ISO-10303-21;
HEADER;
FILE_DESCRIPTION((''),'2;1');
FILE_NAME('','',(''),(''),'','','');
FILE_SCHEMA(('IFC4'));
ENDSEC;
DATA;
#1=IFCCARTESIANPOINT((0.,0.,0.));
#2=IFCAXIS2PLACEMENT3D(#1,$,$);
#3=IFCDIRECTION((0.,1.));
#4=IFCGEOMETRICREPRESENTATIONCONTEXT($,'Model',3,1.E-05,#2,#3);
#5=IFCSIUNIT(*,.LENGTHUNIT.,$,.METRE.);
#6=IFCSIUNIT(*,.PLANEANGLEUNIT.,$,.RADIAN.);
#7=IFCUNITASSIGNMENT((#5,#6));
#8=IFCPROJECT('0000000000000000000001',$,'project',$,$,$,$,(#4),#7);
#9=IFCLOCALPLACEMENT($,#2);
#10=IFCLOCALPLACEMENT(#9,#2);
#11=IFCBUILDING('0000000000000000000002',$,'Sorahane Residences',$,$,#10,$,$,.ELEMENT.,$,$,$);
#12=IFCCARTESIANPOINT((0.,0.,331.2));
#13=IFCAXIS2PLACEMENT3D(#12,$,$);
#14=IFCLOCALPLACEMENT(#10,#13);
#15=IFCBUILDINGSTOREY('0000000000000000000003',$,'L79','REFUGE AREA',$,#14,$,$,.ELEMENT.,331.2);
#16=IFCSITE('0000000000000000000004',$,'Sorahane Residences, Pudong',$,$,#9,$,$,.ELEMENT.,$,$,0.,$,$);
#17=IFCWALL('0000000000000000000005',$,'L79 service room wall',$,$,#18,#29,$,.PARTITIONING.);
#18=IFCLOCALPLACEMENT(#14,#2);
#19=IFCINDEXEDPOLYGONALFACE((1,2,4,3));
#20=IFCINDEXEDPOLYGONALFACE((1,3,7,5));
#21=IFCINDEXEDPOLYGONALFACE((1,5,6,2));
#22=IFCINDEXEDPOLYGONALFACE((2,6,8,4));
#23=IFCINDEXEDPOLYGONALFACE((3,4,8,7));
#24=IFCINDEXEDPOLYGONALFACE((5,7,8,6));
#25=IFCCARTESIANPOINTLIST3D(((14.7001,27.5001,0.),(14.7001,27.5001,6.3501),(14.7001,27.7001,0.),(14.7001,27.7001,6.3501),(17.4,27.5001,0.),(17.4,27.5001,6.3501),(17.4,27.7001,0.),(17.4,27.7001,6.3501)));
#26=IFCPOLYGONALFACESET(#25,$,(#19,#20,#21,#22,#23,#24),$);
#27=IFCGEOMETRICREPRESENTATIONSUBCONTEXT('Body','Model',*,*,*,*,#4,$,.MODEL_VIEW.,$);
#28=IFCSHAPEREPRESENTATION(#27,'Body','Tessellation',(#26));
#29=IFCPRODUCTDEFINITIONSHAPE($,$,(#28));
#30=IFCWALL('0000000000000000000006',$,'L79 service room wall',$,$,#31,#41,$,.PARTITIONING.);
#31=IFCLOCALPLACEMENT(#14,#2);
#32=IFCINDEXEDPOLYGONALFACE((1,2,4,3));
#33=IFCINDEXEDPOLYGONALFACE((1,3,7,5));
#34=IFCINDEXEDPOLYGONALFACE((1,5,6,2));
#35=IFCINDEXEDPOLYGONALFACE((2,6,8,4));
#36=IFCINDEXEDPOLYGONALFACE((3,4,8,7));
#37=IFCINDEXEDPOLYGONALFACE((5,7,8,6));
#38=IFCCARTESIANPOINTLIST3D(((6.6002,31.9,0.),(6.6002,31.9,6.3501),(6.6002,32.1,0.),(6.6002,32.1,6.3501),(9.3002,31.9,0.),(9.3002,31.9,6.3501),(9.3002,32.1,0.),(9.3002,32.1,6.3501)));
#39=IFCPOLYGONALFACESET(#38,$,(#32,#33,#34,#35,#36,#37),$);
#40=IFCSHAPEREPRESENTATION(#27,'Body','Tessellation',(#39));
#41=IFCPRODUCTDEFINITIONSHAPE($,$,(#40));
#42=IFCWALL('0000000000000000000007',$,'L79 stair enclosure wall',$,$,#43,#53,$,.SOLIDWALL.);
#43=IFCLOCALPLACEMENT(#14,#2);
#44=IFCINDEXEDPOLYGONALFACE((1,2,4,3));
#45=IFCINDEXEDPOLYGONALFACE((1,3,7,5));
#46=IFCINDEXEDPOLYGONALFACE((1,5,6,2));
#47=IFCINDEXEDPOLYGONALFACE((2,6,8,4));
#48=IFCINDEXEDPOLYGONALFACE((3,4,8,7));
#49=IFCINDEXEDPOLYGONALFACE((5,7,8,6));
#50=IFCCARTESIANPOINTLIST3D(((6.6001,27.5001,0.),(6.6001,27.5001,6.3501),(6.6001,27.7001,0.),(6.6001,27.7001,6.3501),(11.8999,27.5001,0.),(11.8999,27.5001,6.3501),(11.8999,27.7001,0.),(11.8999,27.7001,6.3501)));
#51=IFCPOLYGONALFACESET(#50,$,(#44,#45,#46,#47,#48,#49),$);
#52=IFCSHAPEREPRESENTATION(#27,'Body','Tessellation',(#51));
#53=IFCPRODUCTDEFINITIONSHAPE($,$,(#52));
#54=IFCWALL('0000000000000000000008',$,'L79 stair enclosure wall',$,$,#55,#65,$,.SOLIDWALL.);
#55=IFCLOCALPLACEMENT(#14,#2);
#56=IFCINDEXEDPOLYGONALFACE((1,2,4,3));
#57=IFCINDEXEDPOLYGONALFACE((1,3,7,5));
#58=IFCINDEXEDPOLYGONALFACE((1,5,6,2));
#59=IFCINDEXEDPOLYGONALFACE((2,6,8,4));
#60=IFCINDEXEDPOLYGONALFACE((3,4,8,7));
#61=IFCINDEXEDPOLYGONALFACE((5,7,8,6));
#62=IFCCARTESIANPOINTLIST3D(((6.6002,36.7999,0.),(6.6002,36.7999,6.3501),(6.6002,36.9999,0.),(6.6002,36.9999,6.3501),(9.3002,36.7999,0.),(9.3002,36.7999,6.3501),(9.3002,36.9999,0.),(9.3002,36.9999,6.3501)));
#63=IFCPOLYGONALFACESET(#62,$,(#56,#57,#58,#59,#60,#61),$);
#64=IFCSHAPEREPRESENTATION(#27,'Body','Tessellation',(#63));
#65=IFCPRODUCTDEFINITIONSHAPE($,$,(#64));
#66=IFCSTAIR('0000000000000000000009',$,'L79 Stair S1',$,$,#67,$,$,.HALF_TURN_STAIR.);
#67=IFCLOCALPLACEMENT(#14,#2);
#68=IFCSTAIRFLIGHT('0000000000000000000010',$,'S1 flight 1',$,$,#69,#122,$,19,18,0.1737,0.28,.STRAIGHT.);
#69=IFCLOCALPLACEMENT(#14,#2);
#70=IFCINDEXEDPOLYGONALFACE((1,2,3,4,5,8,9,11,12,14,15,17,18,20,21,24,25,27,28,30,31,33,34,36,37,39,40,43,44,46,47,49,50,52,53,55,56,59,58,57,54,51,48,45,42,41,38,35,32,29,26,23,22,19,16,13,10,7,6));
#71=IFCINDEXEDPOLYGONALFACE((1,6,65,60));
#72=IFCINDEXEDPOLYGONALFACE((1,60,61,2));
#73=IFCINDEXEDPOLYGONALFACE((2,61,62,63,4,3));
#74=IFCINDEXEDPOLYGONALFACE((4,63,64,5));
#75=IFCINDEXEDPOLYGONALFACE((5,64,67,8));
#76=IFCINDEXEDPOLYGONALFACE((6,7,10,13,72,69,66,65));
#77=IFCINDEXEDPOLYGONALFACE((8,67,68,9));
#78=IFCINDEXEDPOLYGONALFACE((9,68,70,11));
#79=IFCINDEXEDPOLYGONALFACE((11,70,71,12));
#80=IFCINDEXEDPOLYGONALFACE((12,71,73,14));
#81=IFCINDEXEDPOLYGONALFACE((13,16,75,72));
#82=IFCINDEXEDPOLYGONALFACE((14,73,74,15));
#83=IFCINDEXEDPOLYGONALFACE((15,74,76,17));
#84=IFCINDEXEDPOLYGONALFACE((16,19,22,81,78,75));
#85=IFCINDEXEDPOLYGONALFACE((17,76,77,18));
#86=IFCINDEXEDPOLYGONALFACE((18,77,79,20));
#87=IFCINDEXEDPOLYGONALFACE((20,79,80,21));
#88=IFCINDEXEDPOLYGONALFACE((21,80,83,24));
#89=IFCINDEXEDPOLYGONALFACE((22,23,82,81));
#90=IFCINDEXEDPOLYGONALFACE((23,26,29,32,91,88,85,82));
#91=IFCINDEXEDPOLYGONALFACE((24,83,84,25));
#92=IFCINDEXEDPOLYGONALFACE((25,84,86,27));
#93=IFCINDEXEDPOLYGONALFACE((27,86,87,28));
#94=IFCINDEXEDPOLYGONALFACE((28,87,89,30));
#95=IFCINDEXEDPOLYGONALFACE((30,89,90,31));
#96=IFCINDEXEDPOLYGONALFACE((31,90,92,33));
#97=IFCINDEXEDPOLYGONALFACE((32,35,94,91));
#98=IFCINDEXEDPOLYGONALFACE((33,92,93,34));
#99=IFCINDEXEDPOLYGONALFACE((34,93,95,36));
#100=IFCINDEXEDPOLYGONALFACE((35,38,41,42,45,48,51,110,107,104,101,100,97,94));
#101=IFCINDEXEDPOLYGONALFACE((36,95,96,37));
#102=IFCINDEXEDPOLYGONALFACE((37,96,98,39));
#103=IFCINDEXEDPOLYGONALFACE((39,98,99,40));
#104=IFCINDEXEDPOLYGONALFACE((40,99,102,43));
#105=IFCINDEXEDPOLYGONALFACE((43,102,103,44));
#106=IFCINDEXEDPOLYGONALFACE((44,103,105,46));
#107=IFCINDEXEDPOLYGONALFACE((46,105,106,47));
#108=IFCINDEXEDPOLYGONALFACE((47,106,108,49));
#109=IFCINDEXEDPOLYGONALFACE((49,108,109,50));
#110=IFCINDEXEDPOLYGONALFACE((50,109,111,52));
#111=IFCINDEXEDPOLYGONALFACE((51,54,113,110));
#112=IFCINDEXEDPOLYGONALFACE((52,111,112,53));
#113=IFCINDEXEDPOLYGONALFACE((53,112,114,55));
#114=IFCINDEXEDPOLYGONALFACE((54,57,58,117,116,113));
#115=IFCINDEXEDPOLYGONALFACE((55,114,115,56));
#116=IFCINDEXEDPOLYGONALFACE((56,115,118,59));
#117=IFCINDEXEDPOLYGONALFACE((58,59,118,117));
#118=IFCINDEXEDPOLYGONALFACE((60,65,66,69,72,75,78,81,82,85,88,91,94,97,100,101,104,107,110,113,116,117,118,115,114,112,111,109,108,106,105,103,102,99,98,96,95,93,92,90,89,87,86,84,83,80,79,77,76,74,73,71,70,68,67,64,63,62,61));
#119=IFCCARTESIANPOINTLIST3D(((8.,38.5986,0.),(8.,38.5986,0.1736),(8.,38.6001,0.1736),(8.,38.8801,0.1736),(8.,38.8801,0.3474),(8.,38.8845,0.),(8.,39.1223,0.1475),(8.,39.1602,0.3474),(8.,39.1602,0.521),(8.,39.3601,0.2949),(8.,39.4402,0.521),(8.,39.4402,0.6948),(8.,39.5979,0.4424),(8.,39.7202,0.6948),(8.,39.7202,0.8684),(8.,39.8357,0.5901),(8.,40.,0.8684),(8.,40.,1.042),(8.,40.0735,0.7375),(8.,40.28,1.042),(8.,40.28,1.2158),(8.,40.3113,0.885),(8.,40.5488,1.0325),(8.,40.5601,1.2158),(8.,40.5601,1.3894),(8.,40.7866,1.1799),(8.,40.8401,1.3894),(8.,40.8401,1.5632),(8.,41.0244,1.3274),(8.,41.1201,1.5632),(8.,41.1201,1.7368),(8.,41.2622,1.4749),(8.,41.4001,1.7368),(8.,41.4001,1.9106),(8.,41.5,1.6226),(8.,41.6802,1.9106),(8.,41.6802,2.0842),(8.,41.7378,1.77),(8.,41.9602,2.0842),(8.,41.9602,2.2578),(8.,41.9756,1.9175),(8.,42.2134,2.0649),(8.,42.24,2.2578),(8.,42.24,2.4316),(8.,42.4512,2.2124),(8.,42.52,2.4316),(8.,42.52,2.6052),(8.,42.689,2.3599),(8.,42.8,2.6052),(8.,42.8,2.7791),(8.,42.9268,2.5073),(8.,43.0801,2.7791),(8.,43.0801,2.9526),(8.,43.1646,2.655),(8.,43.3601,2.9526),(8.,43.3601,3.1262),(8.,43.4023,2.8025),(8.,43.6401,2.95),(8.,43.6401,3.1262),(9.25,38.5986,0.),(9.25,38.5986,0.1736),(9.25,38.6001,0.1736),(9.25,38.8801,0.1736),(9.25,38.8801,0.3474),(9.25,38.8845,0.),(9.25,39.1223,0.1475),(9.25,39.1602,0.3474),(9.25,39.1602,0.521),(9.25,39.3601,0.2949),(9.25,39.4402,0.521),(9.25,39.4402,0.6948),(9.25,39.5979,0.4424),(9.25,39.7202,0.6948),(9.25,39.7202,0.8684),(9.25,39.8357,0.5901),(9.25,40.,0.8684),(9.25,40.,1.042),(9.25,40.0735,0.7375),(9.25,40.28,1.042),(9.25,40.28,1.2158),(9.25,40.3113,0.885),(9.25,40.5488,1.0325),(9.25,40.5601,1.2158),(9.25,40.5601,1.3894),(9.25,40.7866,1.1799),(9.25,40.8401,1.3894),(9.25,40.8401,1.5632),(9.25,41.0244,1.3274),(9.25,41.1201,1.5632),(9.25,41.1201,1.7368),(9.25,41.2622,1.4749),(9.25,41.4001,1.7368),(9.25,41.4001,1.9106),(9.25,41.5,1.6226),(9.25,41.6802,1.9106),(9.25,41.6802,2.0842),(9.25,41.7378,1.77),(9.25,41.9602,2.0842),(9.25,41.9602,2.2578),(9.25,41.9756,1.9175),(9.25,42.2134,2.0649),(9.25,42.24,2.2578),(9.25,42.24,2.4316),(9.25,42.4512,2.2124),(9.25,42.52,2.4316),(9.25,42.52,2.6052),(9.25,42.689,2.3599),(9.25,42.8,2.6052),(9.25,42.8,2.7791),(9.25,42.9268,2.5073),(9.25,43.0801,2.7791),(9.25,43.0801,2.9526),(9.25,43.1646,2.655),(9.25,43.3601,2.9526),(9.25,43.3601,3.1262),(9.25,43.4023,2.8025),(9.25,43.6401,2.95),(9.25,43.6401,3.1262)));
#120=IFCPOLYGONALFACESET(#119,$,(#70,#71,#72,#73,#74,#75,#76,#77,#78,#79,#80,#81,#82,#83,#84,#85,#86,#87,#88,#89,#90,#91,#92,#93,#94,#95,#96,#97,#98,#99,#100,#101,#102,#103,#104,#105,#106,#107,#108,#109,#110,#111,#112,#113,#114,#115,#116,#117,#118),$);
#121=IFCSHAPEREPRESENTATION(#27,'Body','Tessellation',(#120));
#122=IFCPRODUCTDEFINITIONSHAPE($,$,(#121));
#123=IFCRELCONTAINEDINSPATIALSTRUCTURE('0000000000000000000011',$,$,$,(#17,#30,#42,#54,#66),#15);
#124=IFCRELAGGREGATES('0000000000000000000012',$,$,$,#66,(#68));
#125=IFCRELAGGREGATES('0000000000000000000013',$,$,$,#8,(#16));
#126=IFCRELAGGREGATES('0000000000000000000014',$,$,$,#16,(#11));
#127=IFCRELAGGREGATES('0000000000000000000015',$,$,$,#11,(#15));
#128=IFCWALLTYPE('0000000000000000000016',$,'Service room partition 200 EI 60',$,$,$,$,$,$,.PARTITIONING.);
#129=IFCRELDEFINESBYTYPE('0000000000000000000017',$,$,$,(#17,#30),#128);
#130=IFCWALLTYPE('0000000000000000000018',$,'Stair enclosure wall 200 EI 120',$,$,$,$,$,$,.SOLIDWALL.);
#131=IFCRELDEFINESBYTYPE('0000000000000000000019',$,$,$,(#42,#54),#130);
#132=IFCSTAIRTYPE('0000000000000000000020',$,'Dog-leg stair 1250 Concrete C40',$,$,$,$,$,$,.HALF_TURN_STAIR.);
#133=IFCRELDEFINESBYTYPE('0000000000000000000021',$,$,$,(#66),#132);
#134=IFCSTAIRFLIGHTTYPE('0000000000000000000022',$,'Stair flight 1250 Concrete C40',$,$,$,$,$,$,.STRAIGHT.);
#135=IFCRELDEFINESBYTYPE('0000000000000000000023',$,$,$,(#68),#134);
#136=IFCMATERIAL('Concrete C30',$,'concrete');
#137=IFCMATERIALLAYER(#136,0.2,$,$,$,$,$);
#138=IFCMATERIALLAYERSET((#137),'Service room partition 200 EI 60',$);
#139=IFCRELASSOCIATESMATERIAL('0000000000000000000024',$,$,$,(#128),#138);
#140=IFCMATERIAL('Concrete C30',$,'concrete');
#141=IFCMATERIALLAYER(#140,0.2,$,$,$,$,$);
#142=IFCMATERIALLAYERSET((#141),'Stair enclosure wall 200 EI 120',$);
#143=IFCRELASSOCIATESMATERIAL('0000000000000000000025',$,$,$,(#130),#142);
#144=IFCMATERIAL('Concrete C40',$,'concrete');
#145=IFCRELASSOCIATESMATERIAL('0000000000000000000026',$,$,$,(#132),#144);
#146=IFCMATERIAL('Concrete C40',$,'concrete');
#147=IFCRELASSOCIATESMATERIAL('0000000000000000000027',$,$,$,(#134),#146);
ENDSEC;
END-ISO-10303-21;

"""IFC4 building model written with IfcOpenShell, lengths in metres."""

from ifc_helpers import new_model, si_unit, direction, frame, frame_2d, origin, place, context, subcontext, project, spatial, polyline, rectangle, outline, extrude, material, layer, layer_set, type_object, element, aggregate, save


model = new_model("IFC4")

# Units and contexts
model_context = context("Model", 3, precision=1e-05, world=origin(), true_north=direction((0.0, 1.0)))
body_context = subcontext(model_context, "Body", "Model", "MODEL_VIEW")
ifc_project = project(units=[si_unit("LENGTHUNIT", "METRE"), si_unit("PLANEANGLEUNIT", "RADIAN")], contexts=[model_context])

# Site, building, storey
site_placement = place(None, origin())
site = spatial("IfcSite", under=ifc_project, at=site_placement, Name="Sorahane Residences, Pudong", CompositionType="ELEMENT", RefElevation=0.0)
building_placement = place(site_placement, origin())
building = spatial("IfcBuilding", under=site, at=building_placement, Name="Sorahane Residences", CompositionType="ELEMENT")
storey_placement = place(building_placement, frame((0.0, 0.0, 331.2)))
storey = spatial("IfcBuildingStorey", under=building, at=storey_placement, Name="L79", Description="REFUGE AREA", CompositionType="ELEMENT", Elevation=331.2)

# Walls
ifc_material_1 = material(Name="Concrete C30", Category="concrete")
ifc_layer_1 = layer(ifc_material_1, 0.2)
ifc_layer_set_1 = layer_set([ifc_layer_1], Name="Service room partition 200 EI 60")
wall_type_1 = type_object("IfcWallType", Name="Service room partition 200 EI 60", PredefinedType="PARTITIONING", material=ifc_layer_set_1)
for number, where, z_axis, x_axis, name in (
    (1, (14.7, 27.6001, 0.0), (0.0, 0.0, 1.0), (1.0, 0.0, 0.0), "L79 service room wall"),
    (2, (6.6001, 32.0, 0.0), (0.0, 0.0, 1.0), (1.0, 0.0, 0.0), "L79 service room wall"),
):
    element("IfcWall", number, at=place(storey_placement, frame(where, z_axis=z_axis, x_axis=x_axis)), inside=storey, type_object=wall_type_1, Name=name, PredefinedType="PARTITIONING", context=body_context, shape_type="SweptSolid", body=[
        extrude(rectangle(XDim=2.7, YDim=0.2, at=frame_2d((1.3501, 0.0))), origin(), (0.0, 0.0, 1.0), 6.3501),
    ])
ifc_material_2 = material(Name="Concrete C30", Category="concrete")
ifc_layer_2 = layer(ifc_material_2, 0.2)
ifc_layer_set_2 = layer_set([ifc_layer_2], Name="Stair enclosure wall 200 EI 120")
wall_type_2 = type_object("IfcWallType", Name="Stair enclosure wall 200 EI 120", PredefinedType="SOLIDWALL", material=ifc_layer_set_2)
wall_1_placement = place(storey_placement, frame((6.6001, 27.6001, 0.0), z_axis=(0.0, 0.0, 1.0), x_axis=(1.0, 0.0, 0.0)))
element("IfcWall", 3, at=wall_1_placement, inside=storey, type_object=wall_type_2, Name="L79 stair enclosure wall", PredefinedType="SOLIDWALL", context=body_context, shape_type="SweptSolid", body=[
    extrude(rectangle(XDim=5.2998, YDim=0.2, at=frame_2d((2.6499, 0.0))), origin(), (0.0, 0.0, 1.0), 6.3501),
])
wall_2_placement = place(storey_placement, frame((6.6001, 36.8999, 0.0), z_axis=(0.0, 0.0, 1.0), x_axis=(1.0, 0.0, 0.0)))
element("IfcWall", 4, at=wall_2_placement, inside=storey, type_object=wall_type_2, Name="L79 stair enclosure wall", PredefinedType="SOLIDWALL", context=body_context, shape_type="SweptSolid", body=[
    extrude(rectangle(XDim=2.7, YDim=0.2, at=frame_2d((1.3501, 0.0))), origin(), (0.0, 0.0, 1.0), 6.3501),
])

# Stair, stair flight
ifc_material_3 = material(Name="Concrete C40", Category="concrete")
stair_type = type_object("IfcStairType", Name="Dog-leg stair 1250 Concrete C40", PredefinedType="HALF_TURN_STAIR", material=ifc_material_3)
stair_1_placement = place(storey_placement, origin())
stair_1 = element("IfcStair", 5, at=stair_1_placement, inside=storey, type_object=stair_type, Name="L79 Stair S1", PredefinedType="HALF_TURN_STAIR")
ifc_material_4 = material(Name="Concrete C40", Category="concrete")
stair_flight_type = type_object("IfcStairFlightType", Name="Stair flight 1250 Concrete C40", PredefinedType="STRAIGHT", material=ifc_material_4)
stair_flight_1_placement = place(storey_placement, frame((8.625, 38.6001, 0.0), z_axis=(0.0, 0.0, 1.0), x_axis=(0.0, 1.0, 0.0)))
stair_flight_1 = element("IfcStairFlight", 6, at=stair_flight_1_placement, type_object=stair_flight_type, Name="S1 flight 1", NumberOfRisers=19, NumberOfTreads=18, PredefinedType="STRAIGHT", RiserHeight=0.1737, TreadLength=0.28, context=body_context, shape_type="SweptSolid", body=[
    extrude(outline(polyline([(-0.0015, 0.0), (-0.0015, 0.1736), (0.0, 0.1736), (0.28, 0.1736), (0.28, 0.3474), (0.5601, 0.3474), (0.5601, 0.521), (0.8401, 0.521), (0.8401, 0.6948), (1.1201, 0.6948), (1.1201, 0.8684), (1.3999, 0.8684), (1.3999, 1.042), (1.6799, 1.042), (1.6799, 1.2158), (1.96, 1.2158), (1.96, 1.3894), (2.24, 1.3894), (2.24, 1.5632), (2.52, 1.5632), (2.52, 1.7368), (2.8, 1.7368), (2.8, 1.9106), (3.0801, 1.9106), (3.0801, 2.0842), (3.3601, 2.0842), (3.3601, 2.2578), (3.6399, 2.2578), (3.6399, 2.4316), (3.9199, 2.4316), (3.9199, 2.6052), (4.2, 2.6052), (4.2, 2.7791), (4.48, 2.7791), (4.48, 2.9526), (4.76, 2.9526), (4.76, 3.1262), (5.04, 3.1262), (5.04, 3.3), (5.04, 2.95), (4.8022, 2.8025), (4.5645, 2.655), (4.3267, 2.5073), (4.0889, 2.3599), (3.8511, 2.2124), (3.6133, 2.0649), (3.3755, 1.9175), (3.1377, 1.77), (2.8999, 1.6226), (2.6621, 1.4749), (2.4243, 1.3274), (2.1865, 1.1799), (1.9487, 1.0325), (1.7112, 0.885), (1.4734, 0.7375), (1.2356, 0.5901), (0.9978, 0.4424), (0.76, 0.2949), (0.5222, 0.1475), (0.2844, 0.0), (-0.0015, 0.0)])), frame((0.0, 0.625, 0.0), z_axis=(0.0, -1.0, 0.0), x_axis=(1.0, 0.0, 0.0)), (0.0, 0.0, 1.0), 1.25),
])
aggregate(stair_1, [stair_flight_1])

save(model, "model.ifc")
